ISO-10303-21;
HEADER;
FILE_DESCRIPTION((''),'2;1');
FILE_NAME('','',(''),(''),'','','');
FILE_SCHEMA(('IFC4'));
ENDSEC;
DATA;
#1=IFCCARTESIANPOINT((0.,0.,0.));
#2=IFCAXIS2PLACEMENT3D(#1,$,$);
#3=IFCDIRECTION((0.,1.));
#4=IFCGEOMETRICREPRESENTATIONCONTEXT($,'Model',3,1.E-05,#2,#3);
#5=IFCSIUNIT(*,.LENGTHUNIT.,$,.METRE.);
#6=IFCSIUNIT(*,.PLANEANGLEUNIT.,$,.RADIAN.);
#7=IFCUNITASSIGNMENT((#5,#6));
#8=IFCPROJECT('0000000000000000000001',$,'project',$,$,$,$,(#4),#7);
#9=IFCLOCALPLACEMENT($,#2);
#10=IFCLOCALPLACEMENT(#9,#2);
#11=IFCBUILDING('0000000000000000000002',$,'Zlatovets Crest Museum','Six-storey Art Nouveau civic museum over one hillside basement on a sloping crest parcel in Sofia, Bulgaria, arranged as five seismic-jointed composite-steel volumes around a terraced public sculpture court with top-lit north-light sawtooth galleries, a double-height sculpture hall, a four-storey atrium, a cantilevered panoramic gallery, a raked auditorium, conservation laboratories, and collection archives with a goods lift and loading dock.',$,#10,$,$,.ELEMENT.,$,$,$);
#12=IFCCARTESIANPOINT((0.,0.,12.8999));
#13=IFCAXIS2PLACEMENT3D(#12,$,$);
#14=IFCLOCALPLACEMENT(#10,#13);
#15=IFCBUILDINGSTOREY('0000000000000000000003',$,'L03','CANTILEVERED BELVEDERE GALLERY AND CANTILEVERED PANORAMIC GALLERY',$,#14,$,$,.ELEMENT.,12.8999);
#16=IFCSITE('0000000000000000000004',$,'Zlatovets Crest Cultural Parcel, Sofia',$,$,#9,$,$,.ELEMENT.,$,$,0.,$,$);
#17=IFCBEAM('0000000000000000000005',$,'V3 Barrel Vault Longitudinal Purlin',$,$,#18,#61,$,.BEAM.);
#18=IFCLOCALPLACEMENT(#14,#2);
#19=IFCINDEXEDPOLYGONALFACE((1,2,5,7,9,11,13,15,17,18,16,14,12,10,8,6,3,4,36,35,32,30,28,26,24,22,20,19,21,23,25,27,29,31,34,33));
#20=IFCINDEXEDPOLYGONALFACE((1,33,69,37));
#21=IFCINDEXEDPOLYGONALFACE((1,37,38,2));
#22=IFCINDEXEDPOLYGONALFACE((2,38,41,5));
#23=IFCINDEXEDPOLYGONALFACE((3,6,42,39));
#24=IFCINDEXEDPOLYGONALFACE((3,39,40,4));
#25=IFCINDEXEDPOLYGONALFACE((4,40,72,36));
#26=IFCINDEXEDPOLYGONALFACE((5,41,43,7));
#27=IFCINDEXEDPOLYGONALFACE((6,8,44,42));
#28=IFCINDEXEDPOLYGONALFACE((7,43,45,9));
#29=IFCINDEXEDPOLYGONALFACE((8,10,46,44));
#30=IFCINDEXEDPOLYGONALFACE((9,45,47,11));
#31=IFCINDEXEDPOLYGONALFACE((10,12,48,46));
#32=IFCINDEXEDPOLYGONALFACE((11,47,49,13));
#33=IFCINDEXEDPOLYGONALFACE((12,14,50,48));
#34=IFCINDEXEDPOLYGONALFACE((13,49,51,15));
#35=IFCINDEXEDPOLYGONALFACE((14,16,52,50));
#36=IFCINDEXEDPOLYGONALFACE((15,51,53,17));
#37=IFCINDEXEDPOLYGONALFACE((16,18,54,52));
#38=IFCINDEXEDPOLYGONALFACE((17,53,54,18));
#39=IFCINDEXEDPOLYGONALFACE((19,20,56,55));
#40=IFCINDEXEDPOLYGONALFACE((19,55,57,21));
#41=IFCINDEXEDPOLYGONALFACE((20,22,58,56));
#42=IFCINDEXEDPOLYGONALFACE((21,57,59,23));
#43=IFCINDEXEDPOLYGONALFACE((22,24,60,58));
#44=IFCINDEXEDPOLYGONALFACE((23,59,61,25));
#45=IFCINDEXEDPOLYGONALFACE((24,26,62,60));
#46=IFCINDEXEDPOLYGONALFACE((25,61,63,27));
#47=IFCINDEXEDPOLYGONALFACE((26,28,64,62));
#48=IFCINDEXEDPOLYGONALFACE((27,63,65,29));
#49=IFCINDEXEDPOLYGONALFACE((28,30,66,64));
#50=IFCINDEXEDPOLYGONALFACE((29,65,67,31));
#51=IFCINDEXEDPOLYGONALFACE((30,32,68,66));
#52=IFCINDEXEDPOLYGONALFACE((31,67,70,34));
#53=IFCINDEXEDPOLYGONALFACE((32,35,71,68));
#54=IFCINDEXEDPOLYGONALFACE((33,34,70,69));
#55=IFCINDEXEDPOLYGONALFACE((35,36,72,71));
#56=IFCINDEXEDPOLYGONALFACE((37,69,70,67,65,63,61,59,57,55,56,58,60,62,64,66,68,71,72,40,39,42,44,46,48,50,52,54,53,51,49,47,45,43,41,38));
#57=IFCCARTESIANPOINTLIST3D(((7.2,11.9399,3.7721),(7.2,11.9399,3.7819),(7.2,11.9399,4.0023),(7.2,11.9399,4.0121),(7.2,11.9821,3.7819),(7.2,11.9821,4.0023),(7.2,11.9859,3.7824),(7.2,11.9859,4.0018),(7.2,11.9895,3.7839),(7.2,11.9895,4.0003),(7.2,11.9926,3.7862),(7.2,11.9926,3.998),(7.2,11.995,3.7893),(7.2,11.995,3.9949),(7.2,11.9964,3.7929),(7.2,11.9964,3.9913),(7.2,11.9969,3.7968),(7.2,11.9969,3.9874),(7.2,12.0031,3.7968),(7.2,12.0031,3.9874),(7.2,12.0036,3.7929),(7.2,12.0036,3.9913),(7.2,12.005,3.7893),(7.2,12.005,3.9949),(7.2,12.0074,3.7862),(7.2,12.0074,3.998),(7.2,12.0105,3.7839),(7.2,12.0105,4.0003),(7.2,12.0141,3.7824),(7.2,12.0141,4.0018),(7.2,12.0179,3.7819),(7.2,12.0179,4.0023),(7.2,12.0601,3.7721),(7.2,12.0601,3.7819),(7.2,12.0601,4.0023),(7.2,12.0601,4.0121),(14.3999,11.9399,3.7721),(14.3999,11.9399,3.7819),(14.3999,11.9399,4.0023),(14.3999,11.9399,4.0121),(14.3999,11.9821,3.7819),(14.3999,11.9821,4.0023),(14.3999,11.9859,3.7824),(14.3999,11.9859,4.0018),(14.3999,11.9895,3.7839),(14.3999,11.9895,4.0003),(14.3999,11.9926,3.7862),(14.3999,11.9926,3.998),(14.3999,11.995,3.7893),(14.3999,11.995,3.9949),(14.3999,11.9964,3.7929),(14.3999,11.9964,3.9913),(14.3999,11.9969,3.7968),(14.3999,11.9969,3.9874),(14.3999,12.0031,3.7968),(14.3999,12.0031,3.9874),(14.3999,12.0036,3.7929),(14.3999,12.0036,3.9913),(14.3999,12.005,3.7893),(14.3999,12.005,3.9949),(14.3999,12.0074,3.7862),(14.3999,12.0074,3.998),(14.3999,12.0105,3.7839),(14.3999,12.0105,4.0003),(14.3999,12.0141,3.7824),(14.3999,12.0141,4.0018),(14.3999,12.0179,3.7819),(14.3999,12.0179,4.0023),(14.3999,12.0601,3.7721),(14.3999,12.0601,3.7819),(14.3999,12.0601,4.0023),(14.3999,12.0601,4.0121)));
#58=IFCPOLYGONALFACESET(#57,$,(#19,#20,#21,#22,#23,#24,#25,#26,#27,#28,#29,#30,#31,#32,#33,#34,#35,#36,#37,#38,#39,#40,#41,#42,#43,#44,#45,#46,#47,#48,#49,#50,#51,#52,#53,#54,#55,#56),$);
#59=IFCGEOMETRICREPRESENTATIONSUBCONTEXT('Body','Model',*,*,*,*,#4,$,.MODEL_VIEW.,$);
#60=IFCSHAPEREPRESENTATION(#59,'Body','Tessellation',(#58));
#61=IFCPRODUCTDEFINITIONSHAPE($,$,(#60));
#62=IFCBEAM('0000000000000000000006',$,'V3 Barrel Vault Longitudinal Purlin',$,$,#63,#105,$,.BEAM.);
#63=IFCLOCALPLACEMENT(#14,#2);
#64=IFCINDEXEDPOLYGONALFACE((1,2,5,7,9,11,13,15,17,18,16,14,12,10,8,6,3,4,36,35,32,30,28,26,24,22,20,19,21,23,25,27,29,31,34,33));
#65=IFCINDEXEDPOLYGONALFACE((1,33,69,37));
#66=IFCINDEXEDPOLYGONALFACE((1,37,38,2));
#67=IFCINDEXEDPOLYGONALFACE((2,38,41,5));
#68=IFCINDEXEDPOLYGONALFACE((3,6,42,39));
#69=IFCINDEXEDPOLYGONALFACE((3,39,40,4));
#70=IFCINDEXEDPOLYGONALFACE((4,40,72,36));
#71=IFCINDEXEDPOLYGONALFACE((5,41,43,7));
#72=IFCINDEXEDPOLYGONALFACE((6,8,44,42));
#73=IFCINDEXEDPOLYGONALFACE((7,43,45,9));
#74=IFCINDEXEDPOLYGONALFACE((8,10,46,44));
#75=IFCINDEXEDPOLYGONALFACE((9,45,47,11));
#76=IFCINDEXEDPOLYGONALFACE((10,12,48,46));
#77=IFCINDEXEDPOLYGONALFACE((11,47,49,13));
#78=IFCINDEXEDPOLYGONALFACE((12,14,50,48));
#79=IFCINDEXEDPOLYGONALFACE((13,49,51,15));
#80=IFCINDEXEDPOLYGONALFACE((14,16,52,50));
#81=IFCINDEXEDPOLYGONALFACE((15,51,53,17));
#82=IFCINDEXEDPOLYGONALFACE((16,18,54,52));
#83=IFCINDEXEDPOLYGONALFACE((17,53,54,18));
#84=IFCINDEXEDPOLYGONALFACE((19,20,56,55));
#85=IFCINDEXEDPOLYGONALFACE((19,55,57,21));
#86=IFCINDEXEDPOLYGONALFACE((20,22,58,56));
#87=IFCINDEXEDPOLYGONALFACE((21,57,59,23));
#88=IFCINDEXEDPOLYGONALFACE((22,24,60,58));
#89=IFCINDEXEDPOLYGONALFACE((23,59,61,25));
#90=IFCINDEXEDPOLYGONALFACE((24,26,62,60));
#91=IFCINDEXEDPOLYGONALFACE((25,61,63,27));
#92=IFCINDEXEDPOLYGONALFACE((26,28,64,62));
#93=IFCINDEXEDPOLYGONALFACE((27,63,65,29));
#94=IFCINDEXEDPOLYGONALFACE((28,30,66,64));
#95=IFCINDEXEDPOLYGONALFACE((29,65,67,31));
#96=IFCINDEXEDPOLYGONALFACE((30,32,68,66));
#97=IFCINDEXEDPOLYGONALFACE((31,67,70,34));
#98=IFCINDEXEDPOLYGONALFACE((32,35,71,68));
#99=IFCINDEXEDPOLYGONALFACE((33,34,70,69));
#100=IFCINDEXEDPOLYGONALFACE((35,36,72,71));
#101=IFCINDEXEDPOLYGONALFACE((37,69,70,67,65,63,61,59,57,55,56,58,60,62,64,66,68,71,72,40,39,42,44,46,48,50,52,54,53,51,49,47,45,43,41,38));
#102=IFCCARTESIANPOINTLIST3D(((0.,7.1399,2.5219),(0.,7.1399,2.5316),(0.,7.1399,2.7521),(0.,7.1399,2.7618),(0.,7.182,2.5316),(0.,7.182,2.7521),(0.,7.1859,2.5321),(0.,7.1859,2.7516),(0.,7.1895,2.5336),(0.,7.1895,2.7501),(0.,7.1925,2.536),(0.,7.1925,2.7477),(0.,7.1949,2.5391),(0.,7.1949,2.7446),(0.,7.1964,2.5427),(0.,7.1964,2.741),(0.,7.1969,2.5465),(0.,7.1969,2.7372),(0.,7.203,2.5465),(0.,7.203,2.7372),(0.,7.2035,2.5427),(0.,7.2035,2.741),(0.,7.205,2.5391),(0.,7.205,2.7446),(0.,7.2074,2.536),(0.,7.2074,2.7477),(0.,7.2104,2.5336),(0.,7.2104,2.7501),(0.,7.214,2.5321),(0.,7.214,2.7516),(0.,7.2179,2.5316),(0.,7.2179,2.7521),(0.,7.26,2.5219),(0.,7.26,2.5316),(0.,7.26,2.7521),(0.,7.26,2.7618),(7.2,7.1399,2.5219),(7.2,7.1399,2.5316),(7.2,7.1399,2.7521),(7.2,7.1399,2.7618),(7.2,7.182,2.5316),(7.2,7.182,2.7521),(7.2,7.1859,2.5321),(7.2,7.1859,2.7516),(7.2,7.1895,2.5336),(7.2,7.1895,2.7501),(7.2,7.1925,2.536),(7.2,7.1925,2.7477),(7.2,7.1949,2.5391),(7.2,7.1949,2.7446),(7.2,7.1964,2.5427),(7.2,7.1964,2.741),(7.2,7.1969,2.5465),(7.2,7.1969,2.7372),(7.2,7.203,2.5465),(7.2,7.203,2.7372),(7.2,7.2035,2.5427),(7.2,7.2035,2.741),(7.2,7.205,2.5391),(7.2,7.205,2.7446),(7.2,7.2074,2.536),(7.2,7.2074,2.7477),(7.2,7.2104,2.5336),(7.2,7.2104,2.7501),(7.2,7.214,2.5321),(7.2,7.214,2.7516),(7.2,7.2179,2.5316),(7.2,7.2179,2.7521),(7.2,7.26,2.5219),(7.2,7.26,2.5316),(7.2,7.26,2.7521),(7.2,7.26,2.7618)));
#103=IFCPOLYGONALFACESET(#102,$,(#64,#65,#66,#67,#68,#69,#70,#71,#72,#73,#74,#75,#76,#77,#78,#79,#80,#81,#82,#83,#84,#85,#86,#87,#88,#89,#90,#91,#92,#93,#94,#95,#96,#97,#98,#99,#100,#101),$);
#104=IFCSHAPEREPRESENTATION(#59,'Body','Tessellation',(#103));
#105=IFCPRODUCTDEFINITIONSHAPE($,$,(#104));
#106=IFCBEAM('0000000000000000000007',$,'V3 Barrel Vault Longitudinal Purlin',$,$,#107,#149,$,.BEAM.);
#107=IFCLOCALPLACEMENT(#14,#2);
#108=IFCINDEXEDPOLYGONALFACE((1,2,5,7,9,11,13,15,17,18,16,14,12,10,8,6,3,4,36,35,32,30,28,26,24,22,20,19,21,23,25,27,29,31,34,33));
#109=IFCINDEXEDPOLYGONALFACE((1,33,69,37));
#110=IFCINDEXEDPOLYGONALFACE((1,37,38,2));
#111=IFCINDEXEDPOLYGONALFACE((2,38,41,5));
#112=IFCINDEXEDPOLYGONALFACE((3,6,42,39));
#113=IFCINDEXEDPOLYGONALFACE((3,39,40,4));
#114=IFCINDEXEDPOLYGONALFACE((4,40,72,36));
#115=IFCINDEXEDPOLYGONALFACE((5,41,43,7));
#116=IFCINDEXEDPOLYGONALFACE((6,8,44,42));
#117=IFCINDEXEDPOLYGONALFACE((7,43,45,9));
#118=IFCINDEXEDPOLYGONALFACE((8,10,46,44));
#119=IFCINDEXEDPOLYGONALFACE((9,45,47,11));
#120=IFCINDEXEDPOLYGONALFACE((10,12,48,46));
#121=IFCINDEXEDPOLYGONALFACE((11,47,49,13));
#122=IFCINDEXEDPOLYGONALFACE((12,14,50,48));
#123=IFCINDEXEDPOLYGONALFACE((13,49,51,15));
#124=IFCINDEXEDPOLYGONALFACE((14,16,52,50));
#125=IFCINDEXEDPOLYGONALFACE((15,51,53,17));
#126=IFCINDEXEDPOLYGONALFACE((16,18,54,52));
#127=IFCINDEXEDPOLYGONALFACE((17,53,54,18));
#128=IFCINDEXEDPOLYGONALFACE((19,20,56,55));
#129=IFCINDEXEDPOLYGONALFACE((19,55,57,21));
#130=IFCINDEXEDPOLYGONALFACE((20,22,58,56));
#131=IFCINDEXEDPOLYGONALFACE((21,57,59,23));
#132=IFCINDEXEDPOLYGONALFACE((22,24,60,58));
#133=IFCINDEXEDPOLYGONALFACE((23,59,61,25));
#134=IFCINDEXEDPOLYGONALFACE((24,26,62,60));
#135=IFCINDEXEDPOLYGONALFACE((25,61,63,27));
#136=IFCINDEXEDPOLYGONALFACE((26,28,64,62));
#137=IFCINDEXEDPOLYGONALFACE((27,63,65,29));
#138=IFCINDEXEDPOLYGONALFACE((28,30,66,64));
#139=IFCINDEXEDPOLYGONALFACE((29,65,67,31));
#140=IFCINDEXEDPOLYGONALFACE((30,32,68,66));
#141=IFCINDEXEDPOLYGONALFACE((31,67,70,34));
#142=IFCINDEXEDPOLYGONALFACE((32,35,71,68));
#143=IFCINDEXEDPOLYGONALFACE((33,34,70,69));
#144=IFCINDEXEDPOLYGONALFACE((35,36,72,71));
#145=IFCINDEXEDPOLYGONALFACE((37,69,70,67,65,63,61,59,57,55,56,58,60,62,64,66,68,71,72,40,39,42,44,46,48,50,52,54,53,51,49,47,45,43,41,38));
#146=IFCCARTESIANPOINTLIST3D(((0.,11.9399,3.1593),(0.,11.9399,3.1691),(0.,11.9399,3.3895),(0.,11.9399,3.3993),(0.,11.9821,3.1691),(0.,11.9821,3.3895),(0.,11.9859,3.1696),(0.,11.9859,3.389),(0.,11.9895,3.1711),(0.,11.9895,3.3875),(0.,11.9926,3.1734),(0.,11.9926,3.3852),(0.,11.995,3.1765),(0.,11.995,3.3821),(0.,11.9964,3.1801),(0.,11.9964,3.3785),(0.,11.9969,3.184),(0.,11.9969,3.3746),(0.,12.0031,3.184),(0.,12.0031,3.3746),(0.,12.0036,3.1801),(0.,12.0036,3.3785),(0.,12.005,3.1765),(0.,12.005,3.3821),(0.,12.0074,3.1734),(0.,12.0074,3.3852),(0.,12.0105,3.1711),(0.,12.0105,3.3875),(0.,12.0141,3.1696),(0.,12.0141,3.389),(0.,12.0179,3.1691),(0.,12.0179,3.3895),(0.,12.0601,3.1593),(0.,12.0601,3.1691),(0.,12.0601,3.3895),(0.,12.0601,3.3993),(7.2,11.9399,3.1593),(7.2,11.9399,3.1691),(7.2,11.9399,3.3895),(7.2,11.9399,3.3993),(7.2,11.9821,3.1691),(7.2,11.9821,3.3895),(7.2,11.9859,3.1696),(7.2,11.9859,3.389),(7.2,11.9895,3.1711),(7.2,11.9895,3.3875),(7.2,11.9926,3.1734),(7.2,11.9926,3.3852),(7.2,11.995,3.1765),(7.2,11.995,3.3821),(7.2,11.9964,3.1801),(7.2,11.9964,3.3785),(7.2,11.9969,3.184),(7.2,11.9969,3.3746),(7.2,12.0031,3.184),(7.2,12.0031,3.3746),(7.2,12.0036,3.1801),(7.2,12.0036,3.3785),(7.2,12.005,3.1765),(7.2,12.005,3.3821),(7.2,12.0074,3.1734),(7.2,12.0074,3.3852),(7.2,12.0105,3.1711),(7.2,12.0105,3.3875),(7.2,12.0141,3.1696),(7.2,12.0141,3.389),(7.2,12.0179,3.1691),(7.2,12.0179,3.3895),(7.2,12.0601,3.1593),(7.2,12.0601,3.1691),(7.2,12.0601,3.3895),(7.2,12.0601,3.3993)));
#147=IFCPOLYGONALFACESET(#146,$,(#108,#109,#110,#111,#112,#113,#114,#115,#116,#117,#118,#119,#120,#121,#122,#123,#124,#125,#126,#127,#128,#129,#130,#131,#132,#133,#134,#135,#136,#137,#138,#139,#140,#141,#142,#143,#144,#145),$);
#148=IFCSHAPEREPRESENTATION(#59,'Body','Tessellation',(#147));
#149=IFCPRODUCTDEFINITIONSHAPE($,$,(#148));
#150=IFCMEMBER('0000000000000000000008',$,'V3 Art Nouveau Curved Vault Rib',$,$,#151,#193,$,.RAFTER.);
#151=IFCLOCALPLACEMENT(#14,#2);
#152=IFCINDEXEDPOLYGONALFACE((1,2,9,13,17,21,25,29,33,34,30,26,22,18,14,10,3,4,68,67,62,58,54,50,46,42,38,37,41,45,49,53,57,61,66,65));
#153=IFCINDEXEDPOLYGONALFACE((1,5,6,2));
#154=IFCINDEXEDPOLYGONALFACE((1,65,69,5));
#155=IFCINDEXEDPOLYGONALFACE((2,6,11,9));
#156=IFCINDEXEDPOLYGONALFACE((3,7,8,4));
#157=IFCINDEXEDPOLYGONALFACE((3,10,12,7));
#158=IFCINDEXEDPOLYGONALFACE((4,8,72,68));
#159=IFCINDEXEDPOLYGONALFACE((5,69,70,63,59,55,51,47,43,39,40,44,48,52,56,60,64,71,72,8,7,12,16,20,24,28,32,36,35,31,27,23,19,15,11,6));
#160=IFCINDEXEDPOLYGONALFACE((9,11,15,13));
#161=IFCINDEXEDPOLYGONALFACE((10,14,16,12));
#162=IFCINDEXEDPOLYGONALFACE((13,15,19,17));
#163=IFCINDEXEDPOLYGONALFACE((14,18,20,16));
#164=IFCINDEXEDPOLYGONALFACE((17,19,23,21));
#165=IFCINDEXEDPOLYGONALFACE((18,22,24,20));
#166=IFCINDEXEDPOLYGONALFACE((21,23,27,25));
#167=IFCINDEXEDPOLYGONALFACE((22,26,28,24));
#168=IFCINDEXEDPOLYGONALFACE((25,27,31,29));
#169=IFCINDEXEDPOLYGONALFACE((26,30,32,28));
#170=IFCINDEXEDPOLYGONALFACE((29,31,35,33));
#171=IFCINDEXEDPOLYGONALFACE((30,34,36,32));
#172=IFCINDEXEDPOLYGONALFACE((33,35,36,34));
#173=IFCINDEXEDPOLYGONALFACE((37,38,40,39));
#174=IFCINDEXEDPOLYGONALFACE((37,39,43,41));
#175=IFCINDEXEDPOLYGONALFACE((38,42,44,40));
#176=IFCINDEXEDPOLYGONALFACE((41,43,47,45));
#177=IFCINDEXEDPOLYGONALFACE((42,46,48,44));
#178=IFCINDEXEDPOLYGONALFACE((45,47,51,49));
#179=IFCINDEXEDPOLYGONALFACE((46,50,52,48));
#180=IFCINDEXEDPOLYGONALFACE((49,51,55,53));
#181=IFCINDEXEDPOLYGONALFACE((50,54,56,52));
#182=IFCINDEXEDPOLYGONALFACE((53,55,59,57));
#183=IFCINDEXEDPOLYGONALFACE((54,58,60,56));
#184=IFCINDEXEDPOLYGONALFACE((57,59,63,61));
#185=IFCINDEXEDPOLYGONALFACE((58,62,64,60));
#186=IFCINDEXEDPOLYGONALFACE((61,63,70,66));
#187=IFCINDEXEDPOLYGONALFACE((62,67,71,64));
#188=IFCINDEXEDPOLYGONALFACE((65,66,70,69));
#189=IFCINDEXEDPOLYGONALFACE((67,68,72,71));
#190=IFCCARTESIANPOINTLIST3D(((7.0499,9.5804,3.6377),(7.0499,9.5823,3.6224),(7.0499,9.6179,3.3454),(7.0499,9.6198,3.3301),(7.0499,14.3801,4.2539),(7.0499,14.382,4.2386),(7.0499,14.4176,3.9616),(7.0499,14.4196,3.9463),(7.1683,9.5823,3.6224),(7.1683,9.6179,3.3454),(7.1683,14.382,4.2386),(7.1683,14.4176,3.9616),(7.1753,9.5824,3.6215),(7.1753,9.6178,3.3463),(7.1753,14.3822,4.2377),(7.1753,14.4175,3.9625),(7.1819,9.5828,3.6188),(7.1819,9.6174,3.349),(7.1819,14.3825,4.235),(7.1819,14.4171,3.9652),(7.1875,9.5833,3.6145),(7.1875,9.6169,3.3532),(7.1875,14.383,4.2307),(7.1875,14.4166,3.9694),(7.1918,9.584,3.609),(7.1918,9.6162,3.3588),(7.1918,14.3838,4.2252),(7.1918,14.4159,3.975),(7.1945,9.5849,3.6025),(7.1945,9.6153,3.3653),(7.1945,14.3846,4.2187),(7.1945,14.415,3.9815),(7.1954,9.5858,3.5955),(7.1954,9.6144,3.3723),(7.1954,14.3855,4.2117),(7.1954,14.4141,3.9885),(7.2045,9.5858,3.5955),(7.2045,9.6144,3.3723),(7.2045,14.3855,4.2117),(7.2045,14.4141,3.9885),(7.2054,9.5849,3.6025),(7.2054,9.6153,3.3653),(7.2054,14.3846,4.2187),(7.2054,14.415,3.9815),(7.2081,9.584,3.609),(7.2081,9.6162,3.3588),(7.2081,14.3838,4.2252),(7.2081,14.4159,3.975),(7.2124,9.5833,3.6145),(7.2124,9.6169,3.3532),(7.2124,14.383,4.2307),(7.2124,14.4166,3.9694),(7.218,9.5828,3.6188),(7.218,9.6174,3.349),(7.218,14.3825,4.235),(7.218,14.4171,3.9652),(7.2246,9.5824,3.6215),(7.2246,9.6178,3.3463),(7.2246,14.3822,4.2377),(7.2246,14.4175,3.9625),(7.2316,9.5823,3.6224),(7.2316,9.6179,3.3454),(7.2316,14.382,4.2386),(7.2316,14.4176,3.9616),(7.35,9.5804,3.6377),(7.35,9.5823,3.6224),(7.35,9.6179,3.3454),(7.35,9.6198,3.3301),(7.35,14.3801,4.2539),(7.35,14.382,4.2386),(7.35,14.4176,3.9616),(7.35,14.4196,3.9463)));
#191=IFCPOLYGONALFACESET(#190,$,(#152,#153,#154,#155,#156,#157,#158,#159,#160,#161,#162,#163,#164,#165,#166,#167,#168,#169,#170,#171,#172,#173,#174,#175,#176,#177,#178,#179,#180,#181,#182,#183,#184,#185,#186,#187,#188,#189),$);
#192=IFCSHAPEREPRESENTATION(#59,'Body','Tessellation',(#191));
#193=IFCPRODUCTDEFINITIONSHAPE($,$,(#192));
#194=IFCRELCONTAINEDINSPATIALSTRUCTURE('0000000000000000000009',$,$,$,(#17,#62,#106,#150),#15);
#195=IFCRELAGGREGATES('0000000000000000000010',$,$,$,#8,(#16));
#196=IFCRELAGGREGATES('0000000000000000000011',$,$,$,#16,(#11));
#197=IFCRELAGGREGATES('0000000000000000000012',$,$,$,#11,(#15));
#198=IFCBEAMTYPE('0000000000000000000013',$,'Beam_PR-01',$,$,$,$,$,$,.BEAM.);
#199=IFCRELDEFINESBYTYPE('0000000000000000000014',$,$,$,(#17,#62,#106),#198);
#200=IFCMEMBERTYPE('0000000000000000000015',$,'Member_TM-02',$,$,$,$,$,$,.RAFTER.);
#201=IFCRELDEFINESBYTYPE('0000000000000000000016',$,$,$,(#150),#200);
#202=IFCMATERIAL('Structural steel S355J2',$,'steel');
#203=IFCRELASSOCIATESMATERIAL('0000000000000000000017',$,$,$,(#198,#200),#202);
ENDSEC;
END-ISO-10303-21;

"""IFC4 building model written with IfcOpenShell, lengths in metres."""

from ifc_helpers import new_model, si_unit, direction, frame, origin, origin_2d, place, context, subcontext, project, spatial, i_section, extrude, material, material_profile, profile_set, type_object, element, save


model = new_model("IFC4")

# Units and contexts
model_context = context("Model", 3, precision=1e-05, world=origin(), true_north=direction((0.0, 1.0)))
body_context = subcontext(model_context, "Body", "Model", "MODEL_VIEW")
ifc_project = project(units=[si_unit("LENGTHUNIT", "METRE"), si_unit("PLANEANGLEUNIT", "RADIAN")], contexts=[model_context])

# Site, building, storey
site_placement = place(None, origin())
site = spatial("IfcSite", under=ifc_project, at=site_placement, Name="Zlatovets Crest Cultural Parcel, Sofia", CompositionType="ELEMENT", RefElevation=0.0)
building_placement = place(site_placement, origin())
building = spatial("IfcBuilding", under=site, at=building_placement, Name="Zlatovets Crest Museum", Description="Six-storey Art Nouveau civic museum over one hillside basement on a sloping crest parcel in Sofia, Bulgaria, arranged as five seismic-jointed composite-steel volumes around a terraced public sculpture court with top-lit north-light sawtooth galleries, a double-height sculpture hall, a four-storey atrium, a cantilevered panoramic gallery, a raked auditorium, conservation laboratories, and collection archives with a goods lift and loading dock.", CompositionType="ELEMENT")
storey_placement = place(building_placement, frame((0.0, 0.0, 12.8999)))
storey = spatial("IfcBuildingStorey", under=building, at=storey_placement, Name="L03", Description="CANTILEVERED BELVEDERE GALLERY AND CANTILEVERED PANORAMIC GALLERY", CompositionType="ELEMENT", Elevation=12.8999)

# Shared definitions
ifc_material_1 = material(Name="Structural steel S355J2", Category="steel")

# Beams
ifc_material_profile_1 = material_profile(ifc_material_1, i_section(OverallWidth=0.1201, OverallDepth=0.24, WebThickness=0.0061, FlangeThickness=0.0098, FilletRadius=0.0149, at=origin_2d()), Name="IPE 240")
ifc_profile_set_1 = profile_set([ifc_material_profile_1], Name="Structural steel S355J2")
beam_type_1 = type_object("IfcBeamType", Name="Beam_PR-01", PredefinedType="BEAM", material=ifc_profile_set_1)
for number, where, z_axis, x_axis, name in (
    (1, (7.2, 12.0, 3.8921), (1.0, 0.0, 0.0), (0.0, 1.0, 0.0), "V3 Barrel Vault Longitudinal Purlin"),
    (2, (0.0, 7.2, 2.6418), (1.0, 0.0, 0.0), (0.0, 1.0, 0.0), "V3 Barrel Vault Longitudinal Purlin"),
    (3, (0.0, 12.0, 3.2793), (1.0, 0.0, 0.0), (0.0, 1.0, 0.0), "V3 Barrel Vault Longitudinal Purlin"),
):
    element("IfcBeam", number, at=place(storey_placement, frame(where, z_axis=z_axis, x_axis=x_axis)), inside=storey, type_object=beam_type_1, Name=name, PredefinedType="BEAM", context=body_context, shape_type="SweptSolid", body=[
        extrude(i_section(OverallWidth=0.1201, OverallDepth=0.24, WebThickness=0.0061, FlangeThickness=0.0098, FilletRadius=0.0149, at=origin_2d()), origin(), (0.0, 0.0, 1.0), 7.2),
    ])

# Member
ifc_material_profile_2 = material_profile(ifc_material_1, i_section(OverallWidth=0.3, OverallDepth=0.3101, WebThickness=0.009, FlangeThickness=0.0154, FilletRadius=0.0271, at=origin_2d()), Name="HEA 320")
ifc_profile_set_2 = profile_set([ifc_material_profile_2], Name="Structural steel S355J2")
member_type_1 = type_object("IfcMemberType", Name="Member_TM-02", PredefinedType="RAFTER", material=ifc_profile_set_2)
member_1_placement = place(storey_placement, frame((7.2, 9.6001, 3.4839), z_axis=(0.0, 0.991859, 0.127337), x_axis=(-1.0, 0.0, 0.0)))
element("IfcMember", 4, at=member_1_placement, inside=storey, type_object=member_type_1, Name="V3 Art Nouveau Curved Vault Rib", PredefinedType="RAFTER", context=body_context, shape_type="SweptSolid", body=[
    extrude(i_section(OverallWidth=0.3, OverallDepth=0.3101, WebThickness=0.009, FlangeThickness=0.0154, FilletRadius=0.0271, at=origin_2d()), origin(), (0.0, 0.0, 1.0), 4.8391),
])

save(model, "model.ifc")
